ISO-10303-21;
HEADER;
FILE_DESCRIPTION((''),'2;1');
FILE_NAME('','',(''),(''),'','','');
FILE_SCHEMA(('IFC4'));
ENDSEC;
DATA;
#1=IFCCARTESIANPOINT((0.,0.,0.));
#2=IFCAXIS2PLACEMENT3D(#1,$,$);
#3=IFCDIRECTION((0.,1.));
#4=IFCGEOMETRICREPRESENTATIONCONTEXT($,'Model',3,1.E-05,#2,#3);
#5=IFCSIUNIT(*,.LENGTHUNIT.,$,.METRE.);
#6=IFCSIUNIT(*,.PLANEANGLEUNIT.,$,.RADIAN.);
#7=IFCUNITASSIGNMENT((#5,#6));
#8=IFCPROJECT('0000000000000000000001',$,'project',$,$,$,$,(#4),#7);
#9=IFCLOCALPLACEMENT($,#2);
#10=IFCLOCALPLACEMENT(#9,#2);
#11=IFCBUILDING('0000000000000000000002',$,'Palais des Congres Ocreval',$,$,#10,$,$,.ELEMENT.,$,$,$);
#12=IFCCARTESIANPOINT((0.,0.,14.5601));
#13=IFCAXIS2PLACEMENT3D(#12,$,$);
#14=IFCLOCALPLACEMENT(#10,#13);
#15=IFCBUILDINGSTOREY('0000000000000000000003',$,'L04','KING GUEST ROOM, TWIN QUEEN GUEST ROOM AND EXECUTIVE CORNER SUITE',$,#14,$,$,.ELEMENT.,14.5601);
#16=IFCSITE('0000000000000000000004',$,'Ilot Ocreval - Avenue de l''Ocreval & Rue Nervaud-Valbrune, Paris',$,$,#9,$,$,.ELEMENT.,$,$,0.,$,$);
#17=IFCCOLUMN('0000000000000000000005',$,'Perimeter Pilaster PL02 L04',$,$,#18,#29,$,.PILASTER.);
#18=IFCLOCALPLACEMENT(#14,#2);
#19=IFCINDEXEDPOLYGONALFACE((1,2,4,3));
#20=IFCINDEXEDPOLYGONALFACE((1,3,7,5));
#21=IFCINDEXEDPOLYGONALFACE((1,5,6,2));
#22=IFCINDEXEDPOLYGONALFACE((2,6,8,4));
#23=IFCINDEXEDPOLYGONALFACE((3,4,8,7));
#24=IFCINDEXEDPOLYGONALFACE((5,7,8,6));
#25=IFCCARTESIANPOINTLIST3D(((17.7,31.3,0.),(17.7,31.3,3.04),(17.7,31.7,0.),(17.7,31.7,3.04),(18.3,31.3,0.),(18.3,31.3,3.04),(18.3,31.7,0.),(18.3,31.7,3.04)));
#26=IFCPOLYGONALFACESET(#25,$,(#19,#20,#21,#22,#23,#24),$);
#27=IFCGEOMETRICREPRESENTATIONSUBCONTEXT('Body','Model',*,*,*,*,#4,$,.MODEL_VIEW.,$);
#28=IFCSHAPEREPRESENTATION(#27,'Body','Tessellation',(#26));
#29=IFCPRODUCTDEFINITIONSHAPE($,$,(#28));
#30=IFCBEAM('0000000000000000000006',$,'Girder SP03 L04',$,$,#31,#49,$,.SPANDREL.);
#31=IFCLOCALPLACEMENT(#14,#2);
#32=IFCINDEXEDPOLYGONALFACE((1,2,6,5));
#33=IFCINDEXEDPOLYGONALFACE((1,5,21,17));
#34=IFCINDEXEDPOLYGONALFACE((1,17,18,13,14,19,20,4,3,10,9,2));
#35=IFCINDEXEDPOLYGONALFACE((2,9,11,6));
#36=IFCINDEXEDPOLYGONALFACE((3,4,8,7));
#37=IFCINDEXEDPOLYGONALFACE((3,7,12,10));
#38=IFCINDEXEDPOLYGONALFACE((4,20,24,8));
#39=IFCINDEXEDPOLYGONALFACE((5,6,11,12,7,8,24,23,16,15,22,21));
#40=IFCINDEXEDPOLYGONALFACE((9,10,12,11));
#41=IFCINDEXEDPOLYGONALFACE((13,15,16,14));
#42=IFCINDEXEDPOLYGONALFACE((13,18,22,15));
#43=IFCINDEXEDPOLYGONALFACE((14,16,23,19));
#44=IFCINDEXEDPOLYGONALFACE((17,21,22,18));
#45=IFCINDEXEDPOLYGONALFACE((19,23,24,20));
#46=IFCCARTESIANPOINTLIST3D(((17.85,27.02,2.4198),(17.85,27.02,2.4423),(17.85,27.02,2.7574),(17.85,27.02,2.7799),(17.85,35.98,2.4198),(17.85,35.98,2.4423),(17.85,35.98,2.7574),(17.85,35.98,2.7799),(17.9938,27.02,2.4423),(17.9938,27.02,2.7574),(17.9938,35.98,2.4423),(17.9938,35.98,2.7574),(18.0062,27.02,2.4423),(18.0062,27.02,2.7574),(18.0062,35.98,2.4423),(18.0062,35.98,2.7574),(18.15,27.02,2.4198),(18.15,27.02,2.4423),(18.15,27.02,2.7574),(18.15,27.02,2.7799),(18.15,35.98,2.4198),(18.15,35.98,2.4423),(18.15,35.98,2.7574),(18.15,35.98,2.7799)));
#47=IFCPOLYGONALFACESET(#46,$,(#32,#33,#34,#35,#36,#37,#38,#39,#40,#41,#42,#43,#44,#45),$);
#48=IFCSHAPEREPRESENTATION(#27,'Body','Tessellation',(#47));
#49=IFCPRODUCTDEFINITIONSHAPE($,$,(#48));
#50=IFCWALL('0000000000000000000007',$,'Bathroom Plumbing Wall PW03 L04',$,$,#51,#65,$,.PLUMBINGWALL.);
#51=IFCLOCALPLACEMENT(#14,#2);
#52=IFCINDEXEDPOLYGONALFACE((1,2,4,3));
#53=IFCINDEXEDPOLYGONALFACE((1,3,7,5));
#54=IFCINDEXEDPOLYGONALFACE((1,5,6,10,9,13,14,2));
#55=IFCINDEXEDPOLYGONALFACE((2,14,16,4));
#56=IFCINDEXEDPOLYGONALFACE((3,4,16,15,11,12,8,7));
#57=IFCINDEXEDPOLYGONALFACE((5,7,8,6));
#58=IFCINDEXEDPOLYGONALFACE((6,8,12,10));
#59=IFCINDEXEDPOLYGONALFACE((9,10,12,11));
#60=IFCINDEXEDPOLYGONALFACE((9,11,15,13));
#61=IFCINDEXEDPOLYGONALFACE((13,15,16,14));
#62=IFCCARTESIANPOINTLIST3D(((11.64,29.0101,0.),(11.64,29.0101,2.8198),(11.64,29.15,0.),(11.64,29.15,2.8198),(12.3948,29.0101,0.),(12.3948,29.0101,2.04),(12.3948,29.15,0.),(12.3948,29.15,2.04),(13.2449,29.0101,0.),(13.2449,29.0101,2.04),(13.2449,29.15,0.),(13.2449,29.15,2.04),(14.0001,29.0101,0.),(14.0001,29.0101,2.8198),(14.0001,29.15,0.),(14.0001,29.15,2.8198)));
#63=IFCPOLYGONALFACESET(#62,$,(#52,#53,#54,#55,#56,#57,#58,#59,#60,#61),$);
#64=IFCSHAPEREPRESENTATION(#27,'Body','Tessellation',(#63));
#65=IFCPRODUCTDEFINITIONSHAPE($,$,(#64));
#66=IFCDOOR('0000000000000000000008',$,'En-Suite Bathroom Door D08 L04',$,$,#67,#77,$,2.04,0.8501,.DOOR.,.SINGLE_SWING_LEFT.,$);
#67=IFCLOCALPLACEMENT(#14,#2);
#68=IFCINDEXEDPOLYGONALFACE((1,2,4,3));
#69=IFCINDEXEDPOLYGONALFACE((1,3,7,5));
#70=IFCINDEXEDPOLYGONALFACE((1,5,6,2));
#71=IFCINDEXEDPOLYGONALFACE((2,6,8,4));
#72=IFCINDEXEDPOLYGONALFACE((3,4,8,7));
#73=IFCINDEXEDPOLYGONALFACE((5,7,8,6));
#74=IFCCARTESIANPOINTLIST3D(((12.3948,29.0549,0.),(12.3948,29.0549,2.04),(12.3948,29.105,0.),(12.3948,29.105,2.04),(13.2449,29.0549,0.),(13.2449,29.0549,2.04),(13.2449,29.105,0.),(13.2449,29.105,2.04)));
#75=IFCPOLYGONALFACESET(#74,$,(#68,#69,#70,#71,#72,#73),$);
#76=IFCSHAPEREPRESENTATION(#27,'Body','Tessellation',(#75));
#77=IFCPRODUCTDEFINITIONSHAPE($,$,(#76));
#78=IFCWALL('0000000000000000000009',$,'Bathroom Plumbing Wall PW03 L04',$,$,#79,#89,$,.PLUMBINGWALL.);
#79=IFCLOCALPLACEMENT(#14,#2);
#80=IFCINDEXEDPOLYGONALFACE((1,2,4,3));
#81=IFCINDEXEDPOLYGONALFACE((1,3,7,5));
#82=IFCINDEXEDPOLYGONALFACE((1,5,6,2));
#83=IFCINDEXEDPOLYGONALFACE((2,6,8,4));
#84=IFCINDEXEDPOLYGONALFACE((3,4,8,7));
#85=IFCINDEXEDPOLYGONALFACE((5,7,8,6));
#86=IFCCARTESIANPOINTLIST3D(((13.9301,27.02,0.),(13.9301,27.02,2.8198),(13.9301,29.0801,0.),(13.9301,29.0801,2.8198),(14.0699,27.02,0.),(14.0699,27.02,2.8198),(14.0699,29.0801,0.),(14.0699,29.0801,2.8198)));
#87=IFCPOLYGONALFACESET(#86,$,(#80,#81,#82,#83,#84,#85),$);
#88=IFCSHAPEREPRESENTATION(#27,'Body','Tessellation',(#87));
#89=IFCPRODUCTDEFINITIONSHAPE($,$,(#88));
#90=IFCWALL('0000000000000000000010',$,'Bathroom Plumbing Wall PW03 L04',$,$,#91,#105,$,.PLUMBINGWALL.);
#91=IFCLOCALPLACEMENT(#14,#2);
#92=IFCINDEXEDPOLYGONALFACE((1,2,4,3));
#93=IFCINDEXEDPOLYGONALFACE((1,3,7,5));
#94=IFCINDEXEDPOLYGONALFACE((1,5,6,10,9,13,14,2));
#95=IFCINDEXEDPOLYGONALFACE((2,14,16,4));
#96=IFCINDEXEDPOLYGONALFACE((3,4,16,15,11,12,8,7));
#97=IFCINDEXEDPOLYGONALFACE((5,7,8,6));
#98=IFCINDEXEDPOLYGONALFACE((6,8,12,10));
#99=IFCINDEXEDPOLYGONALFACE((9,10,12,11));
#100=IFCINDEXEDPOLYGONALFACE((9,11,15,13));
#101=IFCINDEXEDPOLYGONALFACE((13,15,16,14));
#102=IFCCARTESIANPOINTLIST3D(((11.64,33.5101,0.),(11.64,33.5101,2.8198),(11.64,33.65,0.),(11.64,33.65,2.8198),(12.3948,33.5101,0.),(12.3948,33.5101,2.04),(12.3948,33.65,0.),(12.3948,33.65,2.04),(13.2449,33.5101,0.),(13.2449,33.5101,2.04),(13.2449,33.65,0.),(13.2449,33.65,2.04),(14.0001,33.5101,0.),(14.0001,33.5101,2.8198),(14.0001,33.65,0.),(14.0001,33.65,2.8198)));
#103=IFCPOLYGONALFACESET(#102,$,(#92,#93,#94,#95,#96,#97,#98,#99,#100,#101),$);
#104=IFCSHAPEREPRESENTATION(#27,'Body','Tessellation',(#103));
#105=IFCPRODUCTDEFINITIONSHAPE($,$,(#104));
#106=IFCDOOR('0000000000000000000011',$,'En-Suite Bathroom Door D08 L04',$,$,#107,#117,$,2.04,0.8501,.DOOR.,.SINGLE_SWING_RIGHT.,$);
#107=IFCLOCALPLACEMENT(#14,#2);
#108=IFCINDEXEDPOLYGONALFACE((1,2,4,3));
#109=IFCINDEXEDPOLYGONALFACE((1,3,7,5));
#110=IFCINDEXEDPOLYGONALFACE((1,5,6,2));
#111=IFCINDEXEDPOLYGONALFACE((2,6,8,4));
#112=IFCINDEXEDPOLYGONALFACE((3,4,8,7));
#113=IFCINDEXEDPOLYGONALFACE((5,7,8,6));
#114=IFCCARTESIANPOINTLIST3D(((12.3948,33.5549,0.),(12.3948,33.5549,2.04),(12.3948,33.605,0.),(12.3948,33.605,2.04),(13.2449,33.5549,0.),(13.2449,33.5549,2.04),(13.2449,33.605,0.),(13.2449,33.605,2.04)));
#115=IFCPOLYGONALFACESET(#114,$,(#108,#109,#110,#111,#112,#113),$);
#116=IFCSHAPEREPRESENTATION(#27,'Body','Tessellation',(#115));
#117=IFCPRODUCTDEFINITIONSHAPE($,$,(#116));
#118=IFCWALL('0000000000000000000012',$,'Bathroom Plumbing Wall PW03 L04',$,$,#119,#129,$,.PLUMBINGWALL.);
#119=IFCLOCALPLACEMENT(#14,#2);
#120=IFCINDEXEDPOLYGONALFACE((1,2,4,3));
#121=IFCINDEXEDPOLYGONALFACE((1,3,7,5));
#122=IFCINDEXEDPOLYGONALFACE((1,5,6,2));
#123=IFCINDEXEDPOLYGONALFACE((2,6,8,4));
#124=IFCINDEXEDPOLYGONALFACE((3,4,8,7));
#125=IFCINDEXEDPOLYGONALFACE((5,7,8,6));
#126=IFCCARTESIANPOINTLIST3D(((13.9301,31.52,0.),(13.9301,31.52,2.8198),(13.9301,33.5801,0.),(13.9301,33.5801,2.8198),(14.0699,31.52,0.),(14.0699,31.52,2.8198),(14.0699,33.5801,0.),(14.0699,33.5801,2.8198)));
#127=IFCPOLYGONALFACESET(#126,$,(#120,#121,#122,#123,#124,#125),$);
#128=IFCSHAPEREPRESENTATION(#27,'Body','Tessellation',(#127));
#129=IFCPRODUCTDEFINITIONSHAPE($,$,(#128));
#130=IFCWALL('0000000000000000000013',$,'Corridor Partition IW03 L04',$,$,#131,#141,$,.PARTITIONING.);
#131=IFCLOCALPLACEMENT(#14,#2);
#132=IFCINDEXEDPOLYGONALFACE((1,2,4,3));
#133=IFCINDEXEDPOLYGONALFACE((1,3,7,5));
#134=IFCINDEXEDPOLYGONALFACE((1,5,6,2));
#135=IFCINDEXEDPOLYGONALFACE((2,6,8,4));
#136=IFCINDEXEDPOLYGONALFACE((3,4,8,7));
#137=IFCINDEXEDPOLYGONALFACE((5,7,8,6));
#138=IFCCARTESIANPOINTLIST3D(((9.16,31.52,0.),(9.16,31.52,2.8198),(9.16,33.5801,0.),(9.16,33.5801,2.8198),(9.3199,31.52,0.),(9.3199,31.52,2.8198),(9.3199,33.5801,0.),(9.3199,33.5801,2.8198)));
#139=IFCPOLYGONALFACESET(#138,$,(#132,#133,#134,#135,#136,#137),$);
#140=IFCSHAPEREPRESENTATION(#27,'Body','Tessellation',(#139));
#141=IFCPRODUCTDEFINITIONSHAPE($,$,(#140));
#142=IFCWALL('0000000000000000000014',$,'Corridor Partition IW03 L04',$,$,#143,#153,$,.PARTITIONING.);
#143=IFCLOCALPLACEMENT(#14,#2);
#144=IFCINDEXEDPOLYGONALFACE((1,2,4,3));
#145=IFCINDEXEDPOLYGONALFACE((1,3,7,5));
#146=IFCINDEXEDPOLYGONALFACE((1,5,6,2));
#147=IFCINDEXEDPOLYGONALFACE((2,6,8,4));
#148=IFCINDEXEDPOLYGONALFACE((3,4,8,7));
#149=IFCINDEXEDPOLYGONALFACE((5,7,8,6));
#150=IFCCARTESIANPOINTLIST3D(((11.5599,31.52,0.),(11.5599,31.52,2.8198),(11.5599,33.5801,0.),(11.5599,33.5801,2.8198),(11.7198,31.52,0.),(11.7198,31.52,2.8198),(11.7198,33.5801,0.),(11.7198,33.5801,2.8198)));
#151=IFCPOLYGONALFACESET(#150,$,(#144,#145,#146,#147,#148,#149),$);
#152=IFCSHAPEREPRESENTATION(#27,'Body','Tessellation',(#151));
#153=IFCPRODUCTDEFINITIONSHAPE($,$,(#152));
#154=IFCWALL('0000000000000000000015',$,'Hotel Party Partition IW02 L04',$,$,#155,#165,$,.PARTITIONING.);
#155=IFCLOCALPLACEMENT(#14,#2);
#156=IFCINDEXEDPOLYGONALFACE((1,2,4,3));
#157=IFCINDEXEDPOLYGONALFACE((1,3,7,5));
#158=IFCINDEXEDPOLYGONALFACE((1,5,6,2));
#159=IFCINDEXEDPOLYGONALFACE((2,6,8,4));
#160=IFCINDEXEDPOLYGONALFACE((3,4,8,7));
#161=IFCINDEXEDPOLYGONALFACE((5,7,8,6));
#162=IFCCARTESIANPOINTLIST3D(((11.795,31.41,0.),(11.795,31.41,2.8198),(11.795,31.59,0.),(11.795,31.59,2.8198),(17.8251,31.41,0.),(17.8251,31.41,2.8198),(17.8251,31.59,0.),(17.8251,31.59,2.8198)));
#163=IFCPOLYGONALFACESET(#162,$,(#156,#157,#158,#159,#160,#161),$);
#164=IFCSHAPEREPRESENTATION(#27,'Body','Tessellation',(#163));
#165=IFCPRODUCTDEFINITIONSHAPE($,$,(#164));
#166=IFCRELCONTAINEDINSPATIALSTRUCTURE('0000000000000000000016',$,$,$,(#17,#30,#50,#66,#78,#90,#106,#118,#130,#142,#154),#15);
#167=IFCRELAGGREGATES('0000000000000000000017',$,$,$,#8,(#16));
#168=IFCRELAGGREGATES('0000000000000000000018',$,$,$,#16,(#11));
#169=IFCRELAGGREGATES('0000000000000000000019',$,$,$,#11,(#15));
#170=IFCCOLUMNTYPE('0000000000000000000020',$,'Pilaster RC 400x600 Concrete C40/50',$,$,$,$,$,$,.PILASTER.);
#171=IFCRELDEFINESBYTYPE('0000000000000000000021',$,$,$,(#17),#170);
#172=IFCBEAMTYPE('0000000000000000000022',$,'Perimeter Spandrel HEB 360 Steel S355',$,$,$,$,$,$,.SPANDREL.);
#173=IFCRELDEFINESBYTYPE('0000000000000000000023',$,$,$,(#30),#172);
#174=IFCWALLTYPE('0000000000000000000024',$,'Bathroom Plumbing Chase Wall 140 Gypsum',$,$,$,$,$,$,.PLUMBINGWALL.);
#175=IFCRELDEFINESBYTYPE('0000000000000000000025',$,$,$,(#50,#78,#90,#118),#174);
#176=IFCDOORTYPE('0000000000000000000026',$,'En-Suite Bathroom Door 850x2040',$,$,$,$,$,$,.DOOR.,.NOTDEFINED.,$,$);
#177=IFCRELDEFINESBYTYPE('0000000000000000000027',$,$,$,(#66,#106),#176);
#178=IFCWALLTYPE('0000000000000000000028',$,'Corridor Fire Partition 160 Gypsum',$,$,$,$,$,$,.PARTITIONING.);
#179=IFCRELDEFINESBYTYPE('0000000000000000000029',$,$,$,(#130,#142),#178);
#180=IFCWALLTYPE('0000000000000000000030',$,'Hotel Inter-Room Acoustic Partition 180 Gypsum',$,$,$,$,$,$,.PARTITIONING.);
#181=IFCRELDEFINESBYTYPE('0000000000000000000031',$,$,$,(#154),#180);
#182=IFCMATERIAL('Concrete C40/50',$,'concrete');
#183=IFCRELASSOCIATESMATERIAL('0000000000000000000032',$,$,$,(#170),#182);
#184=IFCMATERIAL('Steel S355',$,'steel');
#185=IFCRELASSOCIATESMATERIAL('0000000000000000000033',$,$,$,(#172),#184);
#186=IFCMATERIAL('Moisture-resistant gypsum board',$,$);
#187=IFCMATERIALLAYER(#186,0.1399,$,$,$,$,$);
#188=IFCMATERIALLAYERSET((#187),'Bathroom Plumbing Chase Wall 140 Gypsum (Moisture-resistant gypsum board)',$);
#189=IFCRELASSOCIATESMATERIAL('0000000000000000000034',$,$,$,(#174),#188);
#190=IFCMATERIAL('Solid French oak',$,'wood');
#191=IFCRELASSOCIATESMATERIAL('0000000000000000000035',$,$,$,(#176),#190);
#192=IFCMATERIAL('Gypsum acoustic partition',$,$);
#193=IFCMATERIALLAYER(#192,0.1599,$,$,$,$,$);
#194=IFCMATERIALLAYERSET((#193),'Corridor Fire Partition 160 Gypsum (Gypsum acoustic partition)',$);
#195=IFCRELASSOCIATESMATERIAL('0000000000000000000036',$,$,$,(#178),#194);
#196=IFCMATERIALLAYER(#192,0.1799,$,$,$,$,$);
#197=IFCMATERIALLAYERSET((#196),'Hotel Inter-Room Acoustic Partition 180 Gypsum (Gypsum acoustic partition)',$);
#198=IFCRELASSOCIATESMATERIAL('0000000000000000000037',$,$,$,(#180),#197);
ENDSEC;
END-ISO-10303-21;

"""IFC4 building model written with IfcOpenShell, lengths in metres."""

from ifc_helpers import new_model, si_unit, direction, frame, frame_2d, origin, origin_2d, place, context, subcontext, project, spatial, rectangle, i_section, extrude, material, layer, layer_set, material_profile, profile_set, type_object, element, fill, save


model = new_model("IFC4")

# Units and contexts
model_context = context("Model", 3, precision=1e-05, world=origin(), true_north=direction((0.0, 1.0)))
body_context = subcontext(model_context, "Body", "Model", "MODEL_VIEW")
ifc_project = project(units=[si_unit("LENGTHUNIT", "METRE"), si_unit("PLANEANGLEUNIT", "RADIAN")], contexts=[model_context])

# Site, building, storey
site_placement = place(None, origin())
site = spatial("IfcSite", under=ifc_project, at=site_placement, Name="Ilot Ocreval - Avenue de l'Ocreval & Rue Nervaud-Valbrune, Paris", CompositionType="ELEMENT", RefElevation=0.0)
building_placement = place(site_placement, origin())
building = spatial("IfcBuilding", under=site, at=building_placement, Name="Palais des Congres Ocreval", CompositionType="ELEMENT")
storey_placement = place(building_placement, frame((0.0, 0.0, 14.5601)))
storey = spatial("IfcBuildingStorey", under=building, at=storey_placement, Name="L04", Description="KING GUEST ROOM, TWIN QUEEN GUEST ROOM AND EXECUTIVE CORNER SUITE", CompositionType="ELEMENT", Elevation=14.5601)

# Column
ifc_material_1 = material(Name="Concrete C40/50", Category="concrete")
ifc_material_profile_1 = material_profile(ifc_material_1, rectangle(XDim=0.3999, YDim=0.6001, at=origin_2d()), Name="RC 400x600")
ifc_profile_set_1 = profile_set([ifc_material_profile_1], Name="Concrete C40/50")
column_type = type_object("IfcColumnType", Name="Pilaster RC 400x600 Concrete C40/50", PredefinedType="PILASTER", material=ifc_profile_set_1)
column_placement = place(storey_placement, frame((18.0, 31.5, 0.0), z_axis=(0.0, 0.0, 1.0), x_axis=(0.0, 1.0, 0.0)))
element("IfcColumn", 1, at=column_placement, inside=storey, type_object=column_type, Name="Perimeter Pilaster PL02 L04", PredefinedType="PILASTER", context=body_context, shape_type="SweptSolid", body=[
    extrude(rectangle(XDim=0.3999, YDim=0.6001, at=origin_2d()), origin(), (0.0, 0.0, 1.0), 3.04),
])

# Beam
ifc_material_2 = material(Name="Steel S355", Category="steel")
ifc_material_profile_2 = material_profile(ifc_material_2, i_section(OverallWidth=0.3, OverallDepth=0.3601, WebThickness=0.0125, FlangeThickness=0.0225, at=origin_2d()), Name="HEB 360")
ifc_profile_set_2 = profile_set([ifc_material_profile_2], Name="Steel S355")
beam_type = type_object("IfcBeamType", Name="Perimeter Spandrel HEB 360 Steel S355", PredefinedType="SPANDREL", material=ifc_profile_set_2)
beam_placement = place(storey_placement, frame((18.0, 27.02, 2.5999), z_axis=(0.0, 1.0, 0.0), x_axis=(-1.0, 0.0, 0.0)))
element("IfcBeam", 2, at=beam_placement, inside=storey, type_object=beam_type, Name="Girder SP03 L04", PredefinedType="SPANDREL", context=body_context, shape_type="SweptSolid", body=[
    extrude(i_section(OverallWidth=0.3, OverallDepth=0.3601, WebThickness=0.0125, FlangeThickness=0.0225, at=origin_2d()), origin(), (0.0, 0.0, 1.0), 8.96),
])

# Wall, opening, door
ifc_material_3 = material(Name="Moisture-resistant gypsum board")
ifc_layer_1 = layer(ifc_material_3, 0.1399)
ifc_layer_set_1 = layer_set([ifc_layer_1], Name="Bathroom Plumbing Chase Wall 140 Gypsum (Moisture-resistant gypsum board)")
wall_type_1 = type_object("IfcWallType", Name="Bathroom Plumbing Chase Wall 140 Gypsum", PredefinedType="PLUMBINGWALL", material=ifc_layer_set_1)
wall_1_placement = place(storey_placement, frame((11.6399, 29.0801, 0.0), z_axis=(0.0, 0.0, 1.0), x_axis=(1.0, 0.0, 0.0)))
wall_1 = element("IfcWall", 3, at=wall_1_placement, inside=storey, type_object=wall_type_1, Name="Bathroom Plumbing Wall PW03 L04", PredefinedType="PLUMBINGWALL", context=body_context, shape_type="SweptSolid", body=[
    extrude(rectangle(XDim=2.3601, YDim=0.1399, at=frame_2d((1.1802, 0.0))), origin(), (0.0, 0.0, 1.0), 2.8198),
])
opening_1_placement = place(wall_1_placement, frame((0.7549, 0.0, 0.0)))
opening_1 = element("IfcOpeningElement", 4, at=opening_1_placement, cuts=wall_1, PredefinedType="OPENING", context=body_context, shape_type="SweptSolid", body=[
    extrude(rectangle(XDim=0.8501, YDim=2.04, at=frame_2d((0.425, 1.02))), frame((0.0, 0.0798, 0.0), z_axis=(0.0, -1.0, 0.0), x_axis=(1.0, 0.0, 0.0)), (0.0, 0.0, 1.0), 0.1599),
])
ifc_material_4 = material(Name="Solid French oak", Category="wood")
door_type_1 = type_object("IfcDoorType", Name="En-Suite Bathroom Door 850x2040", OperationType="NOTDEFINED", PredefinedType="DOOR", material=ifc_material_4)
door_1_placement = place(opening_1_placement, origin())
door_1 = element("IfcDoor", 5, at=door_1_placement, inside=storey, type_object=door_type_1, Name="En-Suite Bathroom Door D08 L04", OperationType="SINGLE_SWING_LEFT", OverallHeight=2.04, OverallWidth=0.8501, PredefinedType="DOOR", context=body_context, shape_type="SweptSolid", body=[
    extrude(rectangle(XDim=0.8501, YDim=2.04, at=frame_2d((0.425, 1.02))), frame((0.0, 0.0249, 0.0), z_axis=(0.0, -1.0, 0.0), x_axis=(1.0, 0.0, 0.0)), (0.0, 0.0, 1.0), 0.05),
])
fill(opening_1, door_1)

# Wall
wall_2_placement = place(storey_placement, frame((14.0, 27.02, 0.0), z_axis=(0.0, 0.0, 1.0), x_axis=(0.0, 1.0, 0.0)))
element("IfcWall", 6, at=wall_2_placement, inside=storey, type_object=wall_type_1, Name="Bathroom Plumbing Wall PW03 L04", PredefinedType="PLUMBINGWALL", context=body_context, shape_type="SweptSolid", body=[
    extrude(rectangle(XDim=2.0601, YDim=0.1399, at=frame_2d((1.03, 0.0))), origin(), (0.0, 0.0, 1.0), 2.8198),
])

# Wall, opening, door
wall_3_placement = place(storey_placement, frame((11.6399, 33.5801, 0.0), z_axis=(0.0, 0.0, 1.0), x_axis=(1.0, 0.0, 0.0)))
wall_3 = element("IfcWall", 7, at=wall_3_placement, inside=storey, type_object=wall_type_1, Name="Bathroom Plumbing Wall PW03 L04", PredefinedType="PLUMBINGWALL", context=body_context, shape_type="SweptSolid", body=[
    extrude(rectangle(XDim=2.3601, YDim=0.1399, at=frame_2d((1.1802, 0.0))), origin(), (0.0, 0.0, 1.0), 2.8198),
])
opening_2_placement = place(wall_3_placement, frame((0.7549, 0.0, 0.0)))
opening_2 = element("IfcOpeningElement", 8, at=opening_2_placement, cuts=wall_3, PredefinedType="OPENING", context=body_context, shape_type="SweptSolid", body=[
    extrude(rectangle(XDim=0.8501, YDim=2.04, at=frame_2d((0.425, 1.02))), frame((0.0, 0.0798, 0.0), z_axis=(0.0, -1.0, 0.0), x_axis=(1.0, 0.0, 0.0)), (0.0, 0.0, 1.0), 0.1599),
])
door_2_placement = place(opening_2_placement, origin())
door_2 = element("IfcDoor", 9, at=door_2_placement, inside=storey, type_object=door_type_1, Name="En-Suite Bathroom Door D08 L04", OperationType="SINGLE_SWING_RIGHT", OverallHeight=2.04, OverallWidth=0.8501, PredefinedType="DOOR", context=body_context, shape_type="SweptSolid", body=[
    extrude(rectangle(XDim=0.8501, YDim=2.04, at=frame_2d((0.425, 1.02))), frame((0.0, 0.0249, 0.0), z_axis=(0.0, -1.0, 0.0), x_axis=(1.0, 0.0, 0.0)), (0.0, 0.0, 1.0), 0.05),
])
fill(opening_2, door_2)

# Walls
wall_4_placement = place(storey_placement, frame((14.0, 31.52, 0.0), z_axis=(0.0, 0.0, 1.0), x_axis=(0.0, 1.0, 0.0)))
element("IfcWall", 10, at=wall_4_placement, inside=storey, type_object=wall_type_1, Name="Bathroom Plumbing Wall PW03 L04", PredefinedType="PLUMBINGWALL", context=body_context, shape_type="SweptSolid", body=[
    extrude(rectangle(XDim=2.0601, YDim=0.1399, at=frame_2d((1.03, 0.0))), origin(), (0.0, 0.0, 1.0), 2.8198),
])
ifc_material_5 = material(Name="Gypsum acoustic partition")
ifc_layer_2 = layer(ifc_material_5, 0.1599)
ifc_layer_set_2 = layer_set([ifc_layer_2], Name="Corridor Fire Partition 160 Gypsum (Gypsum acoustic partition)")
wall_type_2 = type_object("IfcWallType", Name="Corridor Fire Partition 160 Gypsum", PredefinedType="PARTITIONING", material=ifc_layer_set_2)
for number, where, z_axis, x_axis, name in (
    (11, (9.24, 31.52, 0.0), (0.0, 0.0, 1.0), (0.0, 1.0, 0.0), "Corridor Partition IW03 L04"),
    (12, (11.6399, 31.52, 0.0), (0.0, 0.0, 1.0), (0.0, 1.0, 0.0), "Corridor Partition IW03 L04"),
):
    element("IfcWall", number, at=place(storey_placement, frame(where, z_axis=z_axis, x_axis=x_axis)), inside=storey, type_object=wall_type_2, Name=name, PredefinedType="PARTITIONING", context=body_context, shape_type="SweptSolid", body=[
        extrude(rectangle(XDim=2.0601, YDim=0.1599, at=frame_2d((1.03, 0.0))), origin(), (0.0, 0.0, 1.0), 2.8198),
    ])

# Wall
ifc_layer_3 = layer(ifc_material_5, 0.1799)
ifc_layer_set_3 = layer_set([ifc_layer_3], Name="Hotel Inter-Room Acoustic Partition 180 Gypsum (Gypsum acoustic partition)")
wall_type_3 = type_object("IfcWallType", Name="Hotel Inter-Room Acoustic Partition 180 Gypsum", PredefinedType="PARTITIONING", material=ifc_layer_set_3)
wall_5_placement = place(storey_placement, frame((11.7949, 31.5, 0.0), z_axis=(0.0, 0.0, 1.0), x_axis=(1.0, 0.0, 0.0)))
element("IfcWall", 13, at=wall_5_placement, inside=storey, type_object=wall_type_3, Name="Hotel Party Partition IW02 L04", PredefinedType="PARTITIONING", context=body_context, shape_type="SweptSolid", body=[
    extrude(rectangle(XDim=6.03, YDim=0.1799, at=frame_2d((3.0151, 0.0))), origin(), (0.0, 0.0, 1.0), 2.8198),
])

save(model, "model.ifc")
